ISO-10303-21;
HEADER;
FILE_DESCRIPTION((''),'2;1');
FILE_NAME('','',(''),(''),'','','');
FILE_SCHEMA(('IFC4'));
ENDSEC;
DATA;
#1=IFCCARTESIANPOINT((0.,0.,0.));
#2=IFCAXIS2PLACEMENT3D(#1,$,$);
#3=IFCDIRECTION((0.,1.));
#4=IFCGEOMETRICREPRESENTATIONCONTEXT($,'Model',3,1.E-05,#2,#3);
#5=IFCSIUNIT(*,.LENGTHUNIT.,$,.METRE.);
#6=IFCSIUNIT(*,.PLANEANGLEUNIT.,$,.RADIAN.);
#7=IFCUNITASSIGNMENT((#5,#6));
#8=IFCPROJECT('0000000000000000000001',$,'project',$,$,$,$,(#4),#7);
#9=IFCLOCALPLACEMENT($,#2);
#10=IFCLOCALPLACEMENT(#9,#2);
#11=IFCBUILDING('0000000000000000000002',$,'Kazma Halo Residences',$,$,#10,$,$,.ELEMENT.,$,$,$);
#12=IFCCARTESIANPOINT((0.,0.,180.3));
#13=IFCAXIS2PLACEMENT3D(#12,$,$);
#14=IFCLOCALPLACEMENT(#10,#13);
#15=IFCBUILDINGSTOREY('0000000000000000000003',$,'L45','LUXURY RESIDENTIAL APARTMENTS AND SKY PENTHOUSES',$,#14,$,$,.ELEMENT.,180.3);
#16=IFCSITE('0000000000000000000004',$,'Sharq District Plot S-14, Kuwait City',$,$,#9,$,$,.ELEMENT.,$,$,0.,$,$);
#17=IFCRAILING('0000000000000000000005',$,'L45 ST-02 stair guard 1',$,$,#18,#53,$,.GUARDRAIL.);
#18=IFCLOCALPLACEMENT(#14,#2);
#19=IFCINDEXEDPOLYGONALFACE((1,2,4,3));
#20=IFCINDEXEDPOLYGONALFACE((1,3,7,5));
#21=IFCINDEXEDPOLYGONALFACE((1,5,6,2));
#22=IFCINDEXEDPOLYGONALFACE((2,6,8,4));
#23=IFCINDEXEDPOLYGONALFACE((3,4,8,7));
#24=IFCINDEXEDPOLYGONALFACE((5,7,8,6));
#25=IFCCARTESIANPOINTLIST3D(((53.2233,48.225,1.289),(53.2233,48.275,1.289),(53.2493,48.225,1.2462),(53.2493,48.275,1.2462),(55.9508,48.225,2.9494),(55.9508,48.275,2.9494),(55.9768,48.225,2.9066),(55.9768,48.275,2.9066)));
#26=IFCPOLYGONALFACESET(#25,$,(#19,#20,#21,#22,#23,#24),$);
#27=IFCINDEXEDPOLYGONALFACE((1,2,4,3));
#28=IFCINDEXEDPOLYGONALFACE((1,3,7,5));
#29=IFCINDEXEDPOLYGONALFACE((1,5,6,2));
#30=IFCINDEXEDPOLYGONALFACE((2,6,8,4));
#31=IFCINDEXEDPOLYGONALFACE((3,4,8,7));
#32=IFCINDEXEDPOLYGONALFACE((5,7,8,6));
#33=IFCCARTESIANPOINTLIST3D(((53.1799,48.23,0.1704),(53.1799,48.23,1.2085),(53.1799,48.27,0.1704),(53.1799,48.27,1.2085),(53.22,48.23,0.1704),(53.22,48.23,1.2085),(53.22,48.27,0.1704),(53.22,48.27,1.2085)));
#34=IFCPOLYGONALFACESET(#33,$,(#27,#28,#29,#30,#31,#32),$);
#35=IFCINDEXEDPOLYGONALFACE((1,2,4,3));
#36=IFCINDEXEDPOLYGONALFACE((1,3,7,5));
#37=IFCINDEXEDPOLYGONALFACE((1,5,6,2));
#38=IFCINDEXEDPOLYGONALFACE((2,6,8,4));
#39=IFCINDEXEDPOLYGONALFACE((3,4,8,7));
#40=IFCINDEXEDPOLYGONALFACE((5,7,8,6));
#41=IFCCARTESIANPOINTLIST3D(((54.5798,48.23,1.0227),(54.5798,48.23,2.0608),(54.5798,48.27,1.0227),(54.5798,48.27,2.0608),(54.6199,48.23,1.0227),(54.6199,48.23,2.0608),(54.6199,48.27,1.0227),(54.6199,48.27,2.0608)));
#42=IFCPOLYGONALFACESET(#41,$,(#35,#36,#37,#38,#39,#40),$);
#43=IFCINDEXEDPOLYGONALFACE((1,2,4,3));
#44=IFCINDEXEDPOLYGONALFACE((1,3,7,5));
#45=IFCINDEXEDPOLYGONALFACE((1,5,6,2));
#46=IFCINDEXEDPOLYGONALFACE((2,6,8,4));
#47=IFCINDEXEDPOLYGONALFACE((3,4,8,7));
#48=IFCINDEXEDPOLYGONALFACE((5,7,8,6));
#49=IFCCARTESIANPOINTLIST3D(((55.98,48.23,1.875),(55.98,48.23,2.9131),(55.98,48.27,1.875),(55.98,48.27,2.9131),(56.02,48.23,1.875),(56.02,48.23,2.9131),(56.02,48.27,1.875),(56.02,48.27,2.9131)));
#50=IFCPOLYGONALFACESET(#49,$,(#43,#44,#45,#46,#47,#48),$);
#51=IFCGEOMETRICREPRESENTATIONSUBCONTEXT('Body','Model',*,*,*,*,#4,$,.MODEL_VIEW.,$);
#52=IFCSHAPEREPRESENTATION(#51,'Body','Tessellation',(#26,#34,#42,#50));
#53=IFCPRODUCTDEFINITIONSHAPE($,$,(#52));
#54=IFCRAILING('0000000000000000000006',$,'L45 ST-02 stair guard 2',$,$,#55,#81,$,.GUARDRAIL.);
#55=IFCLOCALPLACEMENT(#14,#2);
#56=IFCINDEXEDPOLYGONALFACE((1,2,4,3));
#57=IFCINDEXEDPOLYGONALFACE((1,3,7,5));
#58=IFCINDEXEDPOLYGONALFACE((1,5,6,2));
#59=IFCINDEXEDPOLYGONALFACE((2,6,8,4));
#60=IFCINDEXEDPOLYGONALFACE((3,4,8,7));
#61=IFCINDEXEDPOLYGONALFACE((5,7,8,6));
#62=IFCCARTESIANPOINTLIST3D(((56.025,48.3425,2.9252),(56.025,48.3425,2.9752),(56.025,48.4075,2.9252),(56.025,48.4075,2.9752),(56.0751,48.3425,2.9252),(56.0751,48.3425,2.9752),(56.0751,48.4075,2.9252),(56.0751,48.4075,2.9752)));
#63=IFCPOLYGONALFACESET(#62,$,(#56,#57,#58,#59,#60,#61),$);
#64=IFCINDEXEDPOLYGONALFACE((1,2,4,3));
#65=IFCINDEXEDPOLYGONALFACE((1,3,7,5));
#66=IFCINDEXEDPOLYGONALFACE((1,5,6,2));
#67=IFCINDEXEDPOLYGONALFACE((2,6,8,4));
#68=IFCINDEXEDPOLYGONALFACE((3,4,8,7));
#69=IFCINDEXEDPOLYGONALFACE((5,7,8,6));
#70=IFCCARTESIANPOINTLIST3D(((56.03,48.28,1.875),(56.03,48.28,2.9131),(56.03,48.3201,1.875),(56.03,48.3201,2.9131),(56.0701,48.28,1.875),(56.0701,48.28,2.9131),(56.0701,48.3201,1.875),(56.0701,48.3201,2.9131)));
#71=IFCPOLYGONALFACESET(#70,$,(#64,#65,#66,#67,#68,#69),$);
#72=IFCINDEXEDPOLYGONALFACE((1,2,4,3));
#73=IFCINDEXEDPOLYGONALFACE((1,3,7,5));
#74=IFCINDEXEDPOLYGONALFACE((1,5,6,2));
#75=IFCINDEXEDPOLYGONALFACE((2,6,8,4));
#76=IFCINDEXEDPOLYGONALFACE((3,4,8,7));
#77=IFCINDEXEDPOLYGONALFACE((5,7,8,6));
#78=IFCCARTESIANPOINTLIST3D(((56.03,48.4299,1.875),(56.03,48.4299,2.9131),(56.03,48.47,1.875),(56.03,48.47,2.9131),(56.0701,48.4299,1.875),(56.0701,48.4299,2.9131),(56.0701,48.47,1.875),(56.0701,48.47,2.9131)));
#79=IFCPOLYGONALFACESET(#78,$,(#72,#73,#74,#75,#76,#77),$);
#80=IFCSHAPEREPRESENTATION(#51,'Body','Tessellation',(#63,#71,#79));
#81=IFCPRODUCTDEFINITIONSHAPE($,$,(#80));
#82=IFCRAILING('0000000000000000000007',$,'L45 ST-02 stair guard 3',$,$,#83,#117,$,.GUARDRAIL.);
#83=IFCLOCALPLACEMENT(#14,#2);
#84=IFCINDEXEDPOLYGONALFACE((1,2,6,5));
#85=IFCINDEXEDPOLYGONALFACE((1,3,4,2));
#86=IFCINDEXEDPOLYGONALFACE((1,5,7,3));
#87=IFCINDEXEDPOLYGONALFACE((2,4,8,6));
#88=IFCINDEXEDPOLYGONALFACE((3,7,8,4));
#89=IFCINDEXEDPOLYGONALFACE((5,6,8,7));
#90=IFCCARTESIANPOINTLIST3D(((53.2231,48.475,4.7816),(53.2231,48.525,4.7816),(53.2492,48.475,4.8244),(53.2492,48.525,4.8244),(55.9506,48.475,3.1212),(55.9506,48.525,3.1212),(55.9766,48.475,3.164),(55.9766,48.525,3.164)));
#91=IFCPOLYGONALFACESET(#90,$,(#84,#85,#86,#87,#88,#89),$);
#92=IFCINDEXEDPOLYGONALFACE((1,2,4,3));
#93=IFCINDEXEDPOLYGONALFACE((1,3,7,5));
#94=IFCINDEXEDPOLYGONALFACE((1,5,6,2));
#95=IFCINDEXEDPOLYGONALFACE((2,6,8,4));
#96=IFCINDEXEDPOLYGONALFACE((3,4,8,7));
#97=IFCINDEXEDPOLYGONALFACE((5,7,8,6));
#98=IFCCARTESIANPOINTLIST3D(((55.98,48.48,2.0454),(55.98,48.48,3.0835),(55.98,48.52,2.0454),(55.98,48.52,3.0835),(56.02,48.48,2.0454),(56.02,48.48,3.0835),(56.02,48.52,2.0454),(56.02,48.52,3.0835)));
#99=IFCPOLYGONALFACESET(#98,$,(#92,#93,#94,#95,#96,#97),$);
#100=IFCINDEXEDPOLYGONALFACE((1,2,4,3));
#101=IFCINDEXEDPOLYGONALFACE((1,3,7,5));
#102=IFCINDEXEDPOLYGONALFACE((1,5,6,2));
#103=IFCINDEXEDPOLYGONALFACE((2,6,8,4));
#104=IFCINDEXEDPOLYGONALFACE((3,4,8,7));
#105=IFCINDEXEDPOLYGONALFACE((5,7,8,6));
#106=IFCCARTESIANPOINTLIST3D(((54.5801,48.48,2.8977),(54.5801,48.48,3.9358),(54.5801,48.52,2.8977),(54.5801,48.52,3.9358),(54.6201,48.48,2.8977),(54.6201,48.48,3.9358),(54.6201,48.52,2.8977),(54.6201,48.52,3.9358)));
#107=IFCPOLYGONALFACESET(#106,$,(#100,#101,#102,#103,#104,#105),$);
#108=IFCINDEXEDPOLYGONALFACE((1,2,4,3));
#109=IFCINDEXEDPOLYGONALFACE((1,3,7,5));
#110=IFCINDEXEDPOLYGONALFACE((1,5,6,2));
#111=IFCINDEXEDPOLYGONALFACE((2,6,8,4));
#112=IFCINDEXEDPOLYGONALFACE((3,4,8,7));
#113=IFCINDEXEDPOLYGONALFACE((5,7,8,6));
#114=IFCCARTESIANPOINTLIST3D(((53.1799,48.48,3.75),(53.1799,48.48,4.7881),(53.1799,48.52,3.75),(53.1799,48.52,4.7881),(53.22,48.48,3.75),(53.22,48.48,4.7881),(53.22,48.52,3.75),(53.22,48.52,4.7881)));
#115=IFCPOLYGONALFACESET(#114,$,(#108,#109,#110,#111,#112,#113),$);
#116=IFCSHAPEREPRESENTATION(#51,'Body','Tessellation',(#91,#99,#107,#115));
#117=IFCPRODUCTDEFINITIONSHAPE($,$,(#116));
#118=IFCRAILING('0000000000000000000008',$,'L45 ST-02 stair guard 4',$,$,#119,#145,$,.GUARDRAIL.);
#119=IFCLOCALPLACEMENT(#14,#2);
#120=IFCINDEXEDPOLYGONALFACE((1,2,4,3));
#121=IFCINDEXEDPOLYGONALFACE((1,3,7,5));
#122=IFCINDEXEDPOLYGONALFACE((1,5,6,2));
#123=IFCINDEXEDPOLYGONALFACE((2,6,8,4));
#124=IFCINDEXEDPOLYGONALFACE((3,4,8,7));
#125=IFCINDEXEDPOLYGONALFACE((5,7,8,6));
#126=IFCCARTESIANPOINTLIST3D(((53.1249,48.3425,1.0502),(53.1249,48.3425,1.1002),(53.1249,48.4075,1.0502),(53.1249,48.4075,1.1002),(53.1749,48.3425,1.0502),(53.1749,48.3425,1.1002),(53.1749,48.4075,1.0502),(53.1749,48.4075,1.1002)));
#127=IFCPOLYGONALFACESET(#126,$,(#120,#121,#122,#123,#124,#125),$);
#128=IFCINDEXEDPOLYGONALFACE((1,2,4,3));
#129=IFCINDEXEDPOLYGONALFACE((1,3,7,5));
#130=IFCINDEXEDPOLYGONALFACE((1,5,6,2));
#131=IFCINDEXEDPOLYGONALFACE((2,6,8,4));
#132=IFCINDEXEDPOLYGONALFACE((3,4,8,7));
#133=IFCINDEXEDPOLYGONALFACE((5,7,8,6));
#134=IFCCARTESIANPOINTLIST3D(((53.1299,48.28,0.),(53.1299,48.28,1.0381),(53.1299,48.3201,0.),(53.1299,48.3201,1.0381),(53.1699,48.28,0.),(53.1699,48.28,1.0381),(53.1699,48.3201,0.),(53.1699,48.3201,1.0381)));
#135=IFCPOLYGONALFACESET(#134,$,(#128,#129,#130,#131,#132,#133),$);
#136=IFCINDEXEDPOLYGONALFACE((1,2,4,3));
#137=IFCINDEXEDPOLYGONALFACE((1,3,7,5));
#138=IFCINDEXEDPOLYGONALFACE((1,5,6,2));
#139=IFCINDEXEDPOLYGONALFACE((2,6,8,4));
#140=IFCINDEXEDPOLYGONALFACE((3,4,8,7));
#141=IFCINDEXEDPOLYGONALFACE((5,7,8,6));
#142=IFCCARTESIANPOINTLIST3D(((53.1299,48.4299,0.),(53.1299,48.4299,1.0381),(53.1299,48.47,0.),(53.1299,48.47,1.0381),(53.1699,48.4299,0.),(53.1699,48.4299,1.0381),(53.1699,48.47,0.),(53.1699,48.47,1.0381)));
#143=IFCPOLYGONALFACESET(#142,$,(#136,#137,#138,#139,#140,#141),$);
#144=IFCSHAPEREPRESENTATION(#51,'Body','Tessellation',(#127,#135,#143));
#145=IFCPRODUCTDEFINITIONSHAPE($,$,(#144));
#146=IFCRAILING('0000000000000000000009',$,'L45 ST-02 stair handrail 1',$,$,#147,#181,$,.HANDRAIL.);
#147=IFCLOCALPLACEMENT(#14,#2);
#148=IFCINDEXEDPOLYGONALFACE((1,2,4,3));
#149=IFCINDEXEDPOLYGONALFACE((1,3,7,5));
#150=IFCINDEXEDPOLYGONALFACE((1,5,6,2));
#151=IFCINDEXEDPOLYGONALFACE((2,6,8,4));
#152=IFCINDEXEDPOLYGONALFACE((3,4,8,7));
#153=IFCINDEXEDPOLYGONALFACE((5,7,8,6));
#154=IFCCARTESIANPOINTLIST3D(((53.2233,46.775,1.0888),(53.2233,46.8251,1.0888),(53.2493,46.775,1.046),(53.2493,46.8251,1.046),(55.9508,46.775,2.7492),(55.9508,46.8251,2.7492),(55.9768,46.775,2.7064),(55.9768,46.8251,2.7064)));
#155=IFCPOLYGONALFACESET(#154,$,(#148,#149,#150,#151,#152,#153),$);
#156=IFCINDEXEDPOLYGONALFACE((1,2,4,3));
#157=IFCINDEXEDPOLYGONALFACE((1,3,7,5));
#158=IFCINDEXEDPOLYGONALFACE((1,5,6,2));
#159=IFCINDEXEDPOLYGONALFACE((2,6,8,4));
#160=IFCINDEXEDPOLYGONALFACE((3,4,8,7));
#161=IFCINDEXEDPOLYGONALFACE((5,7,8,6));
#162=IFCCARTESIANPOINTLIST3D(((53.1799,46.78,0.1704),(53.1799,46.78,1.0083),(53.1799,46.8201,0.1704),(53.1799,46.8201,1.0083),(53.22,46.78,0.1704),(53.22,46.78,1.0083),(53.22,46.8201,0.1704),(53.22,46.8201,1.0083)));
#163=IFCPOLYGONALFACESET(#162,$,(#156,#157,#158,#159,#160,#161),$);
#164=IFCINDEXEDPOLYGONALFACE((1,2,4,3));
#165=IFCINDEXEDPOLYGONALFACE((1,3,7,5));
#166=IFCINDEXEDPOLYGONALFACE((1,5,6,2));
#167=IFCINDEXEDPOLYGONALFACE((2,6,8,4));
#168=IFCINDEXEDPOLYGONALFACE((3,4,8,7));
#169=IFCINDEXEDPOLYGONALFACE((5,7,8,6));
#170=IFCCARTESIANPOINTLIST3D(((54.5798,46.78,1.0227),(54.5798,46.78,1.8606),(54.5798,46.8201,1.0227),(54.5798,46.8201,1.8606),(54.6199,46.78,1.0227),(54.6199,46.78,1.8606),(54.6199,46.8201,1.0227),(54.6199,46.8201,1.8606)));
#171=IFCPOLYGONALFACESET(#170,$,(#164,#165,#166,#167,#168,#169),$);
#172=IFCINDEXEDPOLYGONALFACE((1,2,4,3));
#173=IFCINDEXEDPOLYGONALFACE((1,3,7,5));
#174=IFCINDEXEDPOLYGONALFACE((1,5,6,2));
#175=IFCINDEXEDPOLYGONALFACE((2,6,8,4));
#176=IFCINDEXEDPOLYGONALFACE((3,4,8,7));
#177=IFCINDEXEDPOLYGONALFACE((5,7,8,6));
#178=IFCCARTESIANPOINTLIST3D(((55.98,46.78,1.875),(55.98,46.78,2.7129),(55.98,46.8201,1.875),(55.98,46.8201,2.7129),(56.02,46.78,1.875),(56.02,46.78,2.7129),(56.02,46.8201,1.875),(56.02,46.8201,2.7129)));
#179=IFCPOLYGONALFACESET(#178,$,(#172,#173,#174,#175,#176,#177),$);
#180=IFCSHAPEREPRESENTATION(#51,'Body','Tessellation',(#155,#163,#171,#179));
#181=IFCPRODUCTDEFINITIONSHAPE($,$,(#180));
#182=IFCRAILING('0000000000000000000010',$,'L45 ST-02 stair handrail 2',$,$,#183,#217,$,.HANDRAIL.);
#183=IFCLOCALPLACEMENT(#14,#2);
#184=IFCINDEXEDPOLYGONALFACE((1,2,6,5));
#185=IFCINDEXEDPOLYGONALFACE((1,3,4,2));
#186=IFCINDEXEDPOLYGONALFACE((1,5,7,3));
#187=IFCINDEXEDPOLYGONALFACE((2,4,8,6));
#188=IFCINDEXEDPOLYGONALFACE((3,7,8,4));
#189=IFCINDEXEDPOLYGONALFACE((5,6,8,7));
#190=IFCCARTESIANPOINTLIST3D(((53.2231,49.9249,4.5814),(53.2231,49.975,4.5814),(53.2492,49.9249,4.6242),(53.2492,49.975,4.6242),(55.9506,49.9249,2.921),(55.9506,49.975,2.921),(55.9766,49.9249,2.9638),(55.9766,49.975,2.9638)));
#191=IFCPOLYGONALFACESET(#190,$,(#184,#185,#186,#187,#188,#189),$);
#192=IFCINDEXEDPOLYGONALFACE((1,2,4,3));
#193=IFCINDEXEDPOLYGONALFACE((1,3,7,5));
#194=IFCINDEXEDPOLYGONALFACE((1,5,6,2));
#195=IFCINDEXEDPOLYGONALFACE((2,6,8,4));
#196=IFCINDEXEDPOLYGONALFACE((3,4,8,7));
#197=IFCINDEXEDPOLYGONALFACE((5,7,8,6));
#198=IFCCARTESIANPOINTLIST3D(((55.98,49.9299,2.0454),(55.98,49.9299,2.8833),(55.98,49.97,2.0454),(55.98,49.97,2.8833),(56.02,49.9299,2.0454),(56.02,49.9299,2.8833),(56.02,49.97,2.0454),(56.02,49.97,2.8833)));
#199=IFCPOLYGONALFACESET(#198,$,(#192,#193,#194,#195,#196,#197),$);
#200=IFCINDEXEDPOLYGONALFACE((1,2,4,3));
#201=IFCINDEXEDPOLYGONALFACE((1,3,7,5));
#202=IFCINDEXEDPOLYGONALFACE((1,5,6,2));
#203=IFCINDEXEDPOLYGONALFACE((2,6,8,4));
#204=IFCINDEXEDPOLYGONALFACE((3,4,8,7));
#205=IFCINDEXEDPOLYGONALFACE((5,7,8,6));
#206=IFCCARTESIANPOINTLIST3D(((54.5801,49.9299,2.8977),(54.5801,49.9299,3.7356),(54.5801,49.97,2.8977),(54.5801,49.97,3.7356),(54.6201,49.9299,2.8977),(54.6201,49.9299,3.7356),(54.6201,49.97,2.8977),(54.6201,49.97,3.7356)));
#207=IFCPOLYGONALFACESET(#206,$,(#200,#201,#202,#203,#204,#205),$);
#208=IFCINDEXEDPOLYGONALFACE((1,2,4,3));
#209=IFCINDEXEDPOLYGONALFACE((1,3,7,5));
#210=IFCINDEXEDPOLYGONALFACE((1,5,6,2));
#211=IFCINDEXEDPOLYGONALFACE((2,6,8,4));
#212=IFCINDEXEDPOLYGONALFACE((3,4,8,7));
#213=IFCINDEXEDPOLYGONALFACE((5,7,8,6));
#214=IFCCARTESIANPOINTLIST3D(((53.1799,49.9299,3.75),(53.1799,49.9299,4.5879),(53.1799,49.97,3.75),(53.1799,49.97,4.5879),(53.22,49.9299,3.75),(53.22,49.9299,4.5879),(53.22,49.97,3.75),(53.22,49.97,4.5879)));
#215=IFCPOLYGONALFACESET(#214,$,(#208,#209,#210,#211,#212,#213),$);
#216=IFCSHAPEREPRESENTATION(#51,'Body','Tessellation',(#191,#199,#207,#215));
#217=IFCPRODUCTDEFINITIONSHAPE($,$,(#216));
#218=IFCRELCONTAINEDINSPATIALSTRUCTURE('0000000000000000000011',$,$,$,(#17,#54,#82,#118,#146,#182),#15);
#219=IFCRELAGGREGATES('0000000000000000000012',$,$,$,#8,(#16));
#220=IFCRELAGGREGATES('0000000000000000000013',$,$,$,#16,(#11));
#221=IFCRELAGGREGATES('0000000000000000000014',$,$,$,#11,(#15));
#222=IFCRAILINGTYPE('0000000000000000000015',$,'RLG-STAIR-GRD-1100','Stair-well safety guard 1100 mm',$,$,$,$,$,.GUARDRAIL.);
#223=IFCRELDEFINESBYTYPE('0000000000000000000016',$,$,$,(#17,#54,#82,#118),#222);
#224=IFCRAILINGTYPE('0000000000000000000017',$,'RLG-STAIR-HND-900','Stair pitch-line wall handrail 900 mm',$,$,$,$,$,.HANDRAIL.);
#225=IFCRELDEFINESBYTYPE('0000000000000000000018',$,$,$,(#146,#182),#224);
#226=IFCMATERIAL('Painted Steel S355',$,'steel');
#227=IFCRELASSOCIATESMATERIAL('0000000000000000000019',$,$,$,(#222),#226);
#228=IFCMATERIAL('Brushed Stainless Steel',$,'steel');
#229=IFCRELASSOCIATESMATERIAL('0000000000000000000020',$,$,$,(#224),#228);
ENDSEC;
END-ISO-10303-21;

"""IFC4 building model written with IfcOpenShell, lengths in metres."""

from ifc_helpers import new_model, si_unit, direction, frame, origin, origin_2d, place, context, subcontext, project, spatial, rectangle, extrude, material, type_object, element, save


model = new_model("IFC4")

# Units and contexts
model_context = context("Model", 3, precision=1e-05, world=origin(), true_north=direction((0.0, 1.0)))
body_context = subcontext(model_context, "Body", "Model", "MODEL_VIEW")
ifc_project = project(units=[si_unit("LENGTHUNIT", "METRE"), si_unit("PLANEANGLEUNIT", "RADIAN")], contexts=[model_context])

# Site, building, storey
site_placement = place(None, origin())
site = spatial("IfcSite", under=ifc_project, at=site_placement, Name="Sharq District Plot S-14, Kuwait City", CompositionType="ELEMENT", RefElevation=0.0)
building_placement = place(site_placement, origin())
building = spatial("IfcBuilding", under=site, at=building_placement, Name="Kazma Halo Residences", CompositionType="ELEMENT")
storey_placement = place(building_placement, frame((0.0, 0.0, 180.3)))
storey = spatial("IfcBuildingStorey", under=building, at=storey_placement, Name="L45", Description="LUXURY RESIDENTIAL APARTMENTS AND SKY PENTHOUSES", CompositionType="ELEMENT", Elevation=180.3)

# Railings
ifc_material_1 = material(Name="Painted Steel S355", Category="steel")
railing_type_1 = type_object("IfcRailingType", Name="RLG-STAIR-GRD-1100", Description="Stair-well safety guard 1100 mm", PredefinedType="GUARDRAIL", material=ifc_material_1)
railing_1_placement = place(storey_placement, frame((53.2, 48.25, 0.1704)))
element("IfcRailing", 1, at=railing_1_placement, inside=storey, type_object=railing_type_1, Name="L45 ST-02 stair guard 1", PredefinedType="GUARDRAIL", context=body_context, shape_type="SweptSolid", body=[
    extrude(rectangle(XDim=0.05, YDim=0.05, at=origin_2d()), frame((0.0364, 0.0, 1.0972), z_axis=(0.85417, 0.0, 0.519994), x_axis=(0.0, 1.0, 0.0)), (0.0, 0.0, 1.0), 3.1931),
    extrude(rectangle(XDim=0.04, YDim=0.04, at=origin_2d()), origin(), (0.0, 0.0, 1.0), 1.0381),
    extrude(rectangle(XDim=0.04, YDim=0.04, at=origin_2d()), frame((1.3999, 0.0, 0.8523)), (0.0, 0.0, 1.0), 1.0381),
    extrude(rectangle(XDim=0.04, YDim=0.04, at=origin_2d()), frame((2.8, 0.0, 1.7046)), (0.0, 0.0, 1.0), 1.0381),
])
railing_2_placement = place(storey_placement, frame((56.05, 48.3, 1.875)))
element("IfcRailing", 2, at=railing_2_placement, inside=storey, type_object=railing_type_1, Name="L45 ST-02 stair guard 2", PredefinedType="GUARDRAIL", context=body_context, shape_type="SweptSolid", body=[
    extrude(rectangle(XDim=0.05, YDim=0.05, at=origin_2d()), frame((0.0, 0.0425, 1.0752), z_axis=(0.0, 1.0, 0.0), x_axis=(-1.0, 0.0, 0.0)), (0.0, 0.0, 1.0), 0.0649),
    extrude(rectangle(XDim=0.04, YDim=0.04, at=origin_2d()), origin(), (0.0, 0.0, 1.0), 1.0381),
    extrude(rectangle(XDim=0.04, YDim=0.04, at=origin_2d()), frame((0.0, 0.1499, 0.0)), (0.0, 0.0, 1.0), 1.0381),
])
railing_3_placement = place(storey_placement, frame((56.0, 48.5, 2.0454)))
element("IfcRailing", 3, at=railing_3_placement, inside=storey, type_object=railing_type_1, Name="L45 ST-02 stair guard 3", PredefinedType="GUARDRAIL", context=body_context, shape_type="SweptSolid", body=[
    extrude(rectangle(XDim=0.05, YDim=0.05, at=origin_2d()), frame((-0.0364, 0.0, 1.0972), z_axis=(-0.85417, 0.0, 0.519994), x_axis=(0.0, -1.0, 0.0)), (0.0, 0.0, 1.0), 3.1931),
    extrude(rectangle(XDim=0.04, YDim=0.04, at=origin_2d()), origin(), (0.0, 0.0, 1.0), 1.0381),
    extrude(rectangle(XDim=0.04, YDim=0.04, at=origin_2d()), frame((-1.3999, 0.0, 0.8523)), (0.0, 0.0, 1.0), 1.0381),
    extrude(rectangle(XDim=0.04, YDim=0.04, at=origin_2d()), frame((-2.8, 0.0, 1.7046)), (0.0, 0.0, 1.0), 1.0381),
])
railing_4_placement = place(storey_placement, frame((53.1499, 48.3, 0.0)))
element("IfcRailing", 4, at=railing_4_placement, inside=storey, type_object=railing_type_1, Name="L45 ST-02 stair guard 4", PredefinedType="GUARDRAIL", context=body_context, shape_type="SweptSolid", body=[
    extrude(rectangle(XDim=0.05, YDim=0.05, at=origin_2d()), frame((0.0, 0.0425, 1.0752), z_axis=(0.0, 1.0, 0.0), x_axis=(-1.0, 0.0, 0.0)), (0.0, 0.0, 1.0), 0.0649),
    extrude(rectangle(XDim=0.04, YDim=0.04, at=origin_2d()), origin(), (0.0, 0.0, 1.0), 1.0381),
    extrude(rectangle(XDim=0.04, YDim=0.04, at=origin_2d()), frame((0.0, 0.1499, 0.0)), (0.0, 0.0, 1.0), 1.0381),
])
ifc_material_2 = material(Name="Brushed Stainless Steel", Category="steel")
railing_type_2 = type_object("IfcRailingType", Name="RLG-STAIR-HND-900", Description="Stair pitch-line wall handrail 900 mm", PredefinedType="HANDRAIL", material=ifc_material_2)
railing_5_placement = place(storey_placement, frame((53.2, 46.8, 0.1704)))
element("IfcRailing", 5, at=railing_5_placement, inside=storey, type_object=railing_type_2, Name="L45 ST-02 stair handrail 1", PredefinedType="HANDRAIL", context=body_context, shape_type="SweptSolid", body=[
    extrude(rectangle(XDim=0.05, YDim=0.05, at=origin_2d()), frame((0.0364, 0.0, 0.897), z_axis=(0.85417, 0.0, 0.519994), x_axis=(0.0, 1.0, 0.0)), (0.0, 0.0, 1.0), 3.1931),
    extrude(rectangle(XDim=0.04, YDim=0.04, at=origin_2d()), origin(), (0.0, 0.0, 1.0), 0.8379),
    extrude(rectangle(XDim=0.04, YDim=0.04, at=origin_2d()), frame((1.3999, 0.0, 0.8523)), (0.0, 0.0, 1.0), 0.8379),
    extrude(rectangle(XDim=0.04, YDim=0.04, at=origin_2d()), frame((2.8, 0.0, 1.7046)), (0.0, 0.0, 1.0), 0.8379),
])
railing_6_placement = place(storey_placement, frame((56.0, 49.95, 2.0454)))
element("IfcRailing", 6, at=railing_6_placement, inside=storey, type_object=railing_type_2, Name="L45 ST-02 stair handrail 2", PredefinedType="HANDRAIL", context=body_context, shape_type="SweptSolid", body=[
    extrude(rectangle(XDim=0.05, YDim=0.05, at=origin_2d()), frame((-0.0364, 0.0, 0.897), z_axis=(-0.85417, 0.0, 0.519994), x_axis=(0.0, -1.0, 0.0)), (0.0, 0.0, 1.0), 3.1931),
    extrude(rectangle(XDim=0.04, YDim=0.04, at=origin_2d()), origin(), (0.0, 0.0, 1.0), 0.8379),
    extrude(rectangle(XDim=0.04, YDim=0.04, at=origin_2d()), frame((-1.3999, 0.0, 0.8523)), (0.0, 0.0, 1.0), 0.8379),
    extrude(rectangle(XDim=0.04, YDim=0.04, at=origin_2d()), frame((-2.8, 0.0, 1.7046)), (0.0, 0.0, 1.0), 0.8379),
])

save(model, "model.ifc")
